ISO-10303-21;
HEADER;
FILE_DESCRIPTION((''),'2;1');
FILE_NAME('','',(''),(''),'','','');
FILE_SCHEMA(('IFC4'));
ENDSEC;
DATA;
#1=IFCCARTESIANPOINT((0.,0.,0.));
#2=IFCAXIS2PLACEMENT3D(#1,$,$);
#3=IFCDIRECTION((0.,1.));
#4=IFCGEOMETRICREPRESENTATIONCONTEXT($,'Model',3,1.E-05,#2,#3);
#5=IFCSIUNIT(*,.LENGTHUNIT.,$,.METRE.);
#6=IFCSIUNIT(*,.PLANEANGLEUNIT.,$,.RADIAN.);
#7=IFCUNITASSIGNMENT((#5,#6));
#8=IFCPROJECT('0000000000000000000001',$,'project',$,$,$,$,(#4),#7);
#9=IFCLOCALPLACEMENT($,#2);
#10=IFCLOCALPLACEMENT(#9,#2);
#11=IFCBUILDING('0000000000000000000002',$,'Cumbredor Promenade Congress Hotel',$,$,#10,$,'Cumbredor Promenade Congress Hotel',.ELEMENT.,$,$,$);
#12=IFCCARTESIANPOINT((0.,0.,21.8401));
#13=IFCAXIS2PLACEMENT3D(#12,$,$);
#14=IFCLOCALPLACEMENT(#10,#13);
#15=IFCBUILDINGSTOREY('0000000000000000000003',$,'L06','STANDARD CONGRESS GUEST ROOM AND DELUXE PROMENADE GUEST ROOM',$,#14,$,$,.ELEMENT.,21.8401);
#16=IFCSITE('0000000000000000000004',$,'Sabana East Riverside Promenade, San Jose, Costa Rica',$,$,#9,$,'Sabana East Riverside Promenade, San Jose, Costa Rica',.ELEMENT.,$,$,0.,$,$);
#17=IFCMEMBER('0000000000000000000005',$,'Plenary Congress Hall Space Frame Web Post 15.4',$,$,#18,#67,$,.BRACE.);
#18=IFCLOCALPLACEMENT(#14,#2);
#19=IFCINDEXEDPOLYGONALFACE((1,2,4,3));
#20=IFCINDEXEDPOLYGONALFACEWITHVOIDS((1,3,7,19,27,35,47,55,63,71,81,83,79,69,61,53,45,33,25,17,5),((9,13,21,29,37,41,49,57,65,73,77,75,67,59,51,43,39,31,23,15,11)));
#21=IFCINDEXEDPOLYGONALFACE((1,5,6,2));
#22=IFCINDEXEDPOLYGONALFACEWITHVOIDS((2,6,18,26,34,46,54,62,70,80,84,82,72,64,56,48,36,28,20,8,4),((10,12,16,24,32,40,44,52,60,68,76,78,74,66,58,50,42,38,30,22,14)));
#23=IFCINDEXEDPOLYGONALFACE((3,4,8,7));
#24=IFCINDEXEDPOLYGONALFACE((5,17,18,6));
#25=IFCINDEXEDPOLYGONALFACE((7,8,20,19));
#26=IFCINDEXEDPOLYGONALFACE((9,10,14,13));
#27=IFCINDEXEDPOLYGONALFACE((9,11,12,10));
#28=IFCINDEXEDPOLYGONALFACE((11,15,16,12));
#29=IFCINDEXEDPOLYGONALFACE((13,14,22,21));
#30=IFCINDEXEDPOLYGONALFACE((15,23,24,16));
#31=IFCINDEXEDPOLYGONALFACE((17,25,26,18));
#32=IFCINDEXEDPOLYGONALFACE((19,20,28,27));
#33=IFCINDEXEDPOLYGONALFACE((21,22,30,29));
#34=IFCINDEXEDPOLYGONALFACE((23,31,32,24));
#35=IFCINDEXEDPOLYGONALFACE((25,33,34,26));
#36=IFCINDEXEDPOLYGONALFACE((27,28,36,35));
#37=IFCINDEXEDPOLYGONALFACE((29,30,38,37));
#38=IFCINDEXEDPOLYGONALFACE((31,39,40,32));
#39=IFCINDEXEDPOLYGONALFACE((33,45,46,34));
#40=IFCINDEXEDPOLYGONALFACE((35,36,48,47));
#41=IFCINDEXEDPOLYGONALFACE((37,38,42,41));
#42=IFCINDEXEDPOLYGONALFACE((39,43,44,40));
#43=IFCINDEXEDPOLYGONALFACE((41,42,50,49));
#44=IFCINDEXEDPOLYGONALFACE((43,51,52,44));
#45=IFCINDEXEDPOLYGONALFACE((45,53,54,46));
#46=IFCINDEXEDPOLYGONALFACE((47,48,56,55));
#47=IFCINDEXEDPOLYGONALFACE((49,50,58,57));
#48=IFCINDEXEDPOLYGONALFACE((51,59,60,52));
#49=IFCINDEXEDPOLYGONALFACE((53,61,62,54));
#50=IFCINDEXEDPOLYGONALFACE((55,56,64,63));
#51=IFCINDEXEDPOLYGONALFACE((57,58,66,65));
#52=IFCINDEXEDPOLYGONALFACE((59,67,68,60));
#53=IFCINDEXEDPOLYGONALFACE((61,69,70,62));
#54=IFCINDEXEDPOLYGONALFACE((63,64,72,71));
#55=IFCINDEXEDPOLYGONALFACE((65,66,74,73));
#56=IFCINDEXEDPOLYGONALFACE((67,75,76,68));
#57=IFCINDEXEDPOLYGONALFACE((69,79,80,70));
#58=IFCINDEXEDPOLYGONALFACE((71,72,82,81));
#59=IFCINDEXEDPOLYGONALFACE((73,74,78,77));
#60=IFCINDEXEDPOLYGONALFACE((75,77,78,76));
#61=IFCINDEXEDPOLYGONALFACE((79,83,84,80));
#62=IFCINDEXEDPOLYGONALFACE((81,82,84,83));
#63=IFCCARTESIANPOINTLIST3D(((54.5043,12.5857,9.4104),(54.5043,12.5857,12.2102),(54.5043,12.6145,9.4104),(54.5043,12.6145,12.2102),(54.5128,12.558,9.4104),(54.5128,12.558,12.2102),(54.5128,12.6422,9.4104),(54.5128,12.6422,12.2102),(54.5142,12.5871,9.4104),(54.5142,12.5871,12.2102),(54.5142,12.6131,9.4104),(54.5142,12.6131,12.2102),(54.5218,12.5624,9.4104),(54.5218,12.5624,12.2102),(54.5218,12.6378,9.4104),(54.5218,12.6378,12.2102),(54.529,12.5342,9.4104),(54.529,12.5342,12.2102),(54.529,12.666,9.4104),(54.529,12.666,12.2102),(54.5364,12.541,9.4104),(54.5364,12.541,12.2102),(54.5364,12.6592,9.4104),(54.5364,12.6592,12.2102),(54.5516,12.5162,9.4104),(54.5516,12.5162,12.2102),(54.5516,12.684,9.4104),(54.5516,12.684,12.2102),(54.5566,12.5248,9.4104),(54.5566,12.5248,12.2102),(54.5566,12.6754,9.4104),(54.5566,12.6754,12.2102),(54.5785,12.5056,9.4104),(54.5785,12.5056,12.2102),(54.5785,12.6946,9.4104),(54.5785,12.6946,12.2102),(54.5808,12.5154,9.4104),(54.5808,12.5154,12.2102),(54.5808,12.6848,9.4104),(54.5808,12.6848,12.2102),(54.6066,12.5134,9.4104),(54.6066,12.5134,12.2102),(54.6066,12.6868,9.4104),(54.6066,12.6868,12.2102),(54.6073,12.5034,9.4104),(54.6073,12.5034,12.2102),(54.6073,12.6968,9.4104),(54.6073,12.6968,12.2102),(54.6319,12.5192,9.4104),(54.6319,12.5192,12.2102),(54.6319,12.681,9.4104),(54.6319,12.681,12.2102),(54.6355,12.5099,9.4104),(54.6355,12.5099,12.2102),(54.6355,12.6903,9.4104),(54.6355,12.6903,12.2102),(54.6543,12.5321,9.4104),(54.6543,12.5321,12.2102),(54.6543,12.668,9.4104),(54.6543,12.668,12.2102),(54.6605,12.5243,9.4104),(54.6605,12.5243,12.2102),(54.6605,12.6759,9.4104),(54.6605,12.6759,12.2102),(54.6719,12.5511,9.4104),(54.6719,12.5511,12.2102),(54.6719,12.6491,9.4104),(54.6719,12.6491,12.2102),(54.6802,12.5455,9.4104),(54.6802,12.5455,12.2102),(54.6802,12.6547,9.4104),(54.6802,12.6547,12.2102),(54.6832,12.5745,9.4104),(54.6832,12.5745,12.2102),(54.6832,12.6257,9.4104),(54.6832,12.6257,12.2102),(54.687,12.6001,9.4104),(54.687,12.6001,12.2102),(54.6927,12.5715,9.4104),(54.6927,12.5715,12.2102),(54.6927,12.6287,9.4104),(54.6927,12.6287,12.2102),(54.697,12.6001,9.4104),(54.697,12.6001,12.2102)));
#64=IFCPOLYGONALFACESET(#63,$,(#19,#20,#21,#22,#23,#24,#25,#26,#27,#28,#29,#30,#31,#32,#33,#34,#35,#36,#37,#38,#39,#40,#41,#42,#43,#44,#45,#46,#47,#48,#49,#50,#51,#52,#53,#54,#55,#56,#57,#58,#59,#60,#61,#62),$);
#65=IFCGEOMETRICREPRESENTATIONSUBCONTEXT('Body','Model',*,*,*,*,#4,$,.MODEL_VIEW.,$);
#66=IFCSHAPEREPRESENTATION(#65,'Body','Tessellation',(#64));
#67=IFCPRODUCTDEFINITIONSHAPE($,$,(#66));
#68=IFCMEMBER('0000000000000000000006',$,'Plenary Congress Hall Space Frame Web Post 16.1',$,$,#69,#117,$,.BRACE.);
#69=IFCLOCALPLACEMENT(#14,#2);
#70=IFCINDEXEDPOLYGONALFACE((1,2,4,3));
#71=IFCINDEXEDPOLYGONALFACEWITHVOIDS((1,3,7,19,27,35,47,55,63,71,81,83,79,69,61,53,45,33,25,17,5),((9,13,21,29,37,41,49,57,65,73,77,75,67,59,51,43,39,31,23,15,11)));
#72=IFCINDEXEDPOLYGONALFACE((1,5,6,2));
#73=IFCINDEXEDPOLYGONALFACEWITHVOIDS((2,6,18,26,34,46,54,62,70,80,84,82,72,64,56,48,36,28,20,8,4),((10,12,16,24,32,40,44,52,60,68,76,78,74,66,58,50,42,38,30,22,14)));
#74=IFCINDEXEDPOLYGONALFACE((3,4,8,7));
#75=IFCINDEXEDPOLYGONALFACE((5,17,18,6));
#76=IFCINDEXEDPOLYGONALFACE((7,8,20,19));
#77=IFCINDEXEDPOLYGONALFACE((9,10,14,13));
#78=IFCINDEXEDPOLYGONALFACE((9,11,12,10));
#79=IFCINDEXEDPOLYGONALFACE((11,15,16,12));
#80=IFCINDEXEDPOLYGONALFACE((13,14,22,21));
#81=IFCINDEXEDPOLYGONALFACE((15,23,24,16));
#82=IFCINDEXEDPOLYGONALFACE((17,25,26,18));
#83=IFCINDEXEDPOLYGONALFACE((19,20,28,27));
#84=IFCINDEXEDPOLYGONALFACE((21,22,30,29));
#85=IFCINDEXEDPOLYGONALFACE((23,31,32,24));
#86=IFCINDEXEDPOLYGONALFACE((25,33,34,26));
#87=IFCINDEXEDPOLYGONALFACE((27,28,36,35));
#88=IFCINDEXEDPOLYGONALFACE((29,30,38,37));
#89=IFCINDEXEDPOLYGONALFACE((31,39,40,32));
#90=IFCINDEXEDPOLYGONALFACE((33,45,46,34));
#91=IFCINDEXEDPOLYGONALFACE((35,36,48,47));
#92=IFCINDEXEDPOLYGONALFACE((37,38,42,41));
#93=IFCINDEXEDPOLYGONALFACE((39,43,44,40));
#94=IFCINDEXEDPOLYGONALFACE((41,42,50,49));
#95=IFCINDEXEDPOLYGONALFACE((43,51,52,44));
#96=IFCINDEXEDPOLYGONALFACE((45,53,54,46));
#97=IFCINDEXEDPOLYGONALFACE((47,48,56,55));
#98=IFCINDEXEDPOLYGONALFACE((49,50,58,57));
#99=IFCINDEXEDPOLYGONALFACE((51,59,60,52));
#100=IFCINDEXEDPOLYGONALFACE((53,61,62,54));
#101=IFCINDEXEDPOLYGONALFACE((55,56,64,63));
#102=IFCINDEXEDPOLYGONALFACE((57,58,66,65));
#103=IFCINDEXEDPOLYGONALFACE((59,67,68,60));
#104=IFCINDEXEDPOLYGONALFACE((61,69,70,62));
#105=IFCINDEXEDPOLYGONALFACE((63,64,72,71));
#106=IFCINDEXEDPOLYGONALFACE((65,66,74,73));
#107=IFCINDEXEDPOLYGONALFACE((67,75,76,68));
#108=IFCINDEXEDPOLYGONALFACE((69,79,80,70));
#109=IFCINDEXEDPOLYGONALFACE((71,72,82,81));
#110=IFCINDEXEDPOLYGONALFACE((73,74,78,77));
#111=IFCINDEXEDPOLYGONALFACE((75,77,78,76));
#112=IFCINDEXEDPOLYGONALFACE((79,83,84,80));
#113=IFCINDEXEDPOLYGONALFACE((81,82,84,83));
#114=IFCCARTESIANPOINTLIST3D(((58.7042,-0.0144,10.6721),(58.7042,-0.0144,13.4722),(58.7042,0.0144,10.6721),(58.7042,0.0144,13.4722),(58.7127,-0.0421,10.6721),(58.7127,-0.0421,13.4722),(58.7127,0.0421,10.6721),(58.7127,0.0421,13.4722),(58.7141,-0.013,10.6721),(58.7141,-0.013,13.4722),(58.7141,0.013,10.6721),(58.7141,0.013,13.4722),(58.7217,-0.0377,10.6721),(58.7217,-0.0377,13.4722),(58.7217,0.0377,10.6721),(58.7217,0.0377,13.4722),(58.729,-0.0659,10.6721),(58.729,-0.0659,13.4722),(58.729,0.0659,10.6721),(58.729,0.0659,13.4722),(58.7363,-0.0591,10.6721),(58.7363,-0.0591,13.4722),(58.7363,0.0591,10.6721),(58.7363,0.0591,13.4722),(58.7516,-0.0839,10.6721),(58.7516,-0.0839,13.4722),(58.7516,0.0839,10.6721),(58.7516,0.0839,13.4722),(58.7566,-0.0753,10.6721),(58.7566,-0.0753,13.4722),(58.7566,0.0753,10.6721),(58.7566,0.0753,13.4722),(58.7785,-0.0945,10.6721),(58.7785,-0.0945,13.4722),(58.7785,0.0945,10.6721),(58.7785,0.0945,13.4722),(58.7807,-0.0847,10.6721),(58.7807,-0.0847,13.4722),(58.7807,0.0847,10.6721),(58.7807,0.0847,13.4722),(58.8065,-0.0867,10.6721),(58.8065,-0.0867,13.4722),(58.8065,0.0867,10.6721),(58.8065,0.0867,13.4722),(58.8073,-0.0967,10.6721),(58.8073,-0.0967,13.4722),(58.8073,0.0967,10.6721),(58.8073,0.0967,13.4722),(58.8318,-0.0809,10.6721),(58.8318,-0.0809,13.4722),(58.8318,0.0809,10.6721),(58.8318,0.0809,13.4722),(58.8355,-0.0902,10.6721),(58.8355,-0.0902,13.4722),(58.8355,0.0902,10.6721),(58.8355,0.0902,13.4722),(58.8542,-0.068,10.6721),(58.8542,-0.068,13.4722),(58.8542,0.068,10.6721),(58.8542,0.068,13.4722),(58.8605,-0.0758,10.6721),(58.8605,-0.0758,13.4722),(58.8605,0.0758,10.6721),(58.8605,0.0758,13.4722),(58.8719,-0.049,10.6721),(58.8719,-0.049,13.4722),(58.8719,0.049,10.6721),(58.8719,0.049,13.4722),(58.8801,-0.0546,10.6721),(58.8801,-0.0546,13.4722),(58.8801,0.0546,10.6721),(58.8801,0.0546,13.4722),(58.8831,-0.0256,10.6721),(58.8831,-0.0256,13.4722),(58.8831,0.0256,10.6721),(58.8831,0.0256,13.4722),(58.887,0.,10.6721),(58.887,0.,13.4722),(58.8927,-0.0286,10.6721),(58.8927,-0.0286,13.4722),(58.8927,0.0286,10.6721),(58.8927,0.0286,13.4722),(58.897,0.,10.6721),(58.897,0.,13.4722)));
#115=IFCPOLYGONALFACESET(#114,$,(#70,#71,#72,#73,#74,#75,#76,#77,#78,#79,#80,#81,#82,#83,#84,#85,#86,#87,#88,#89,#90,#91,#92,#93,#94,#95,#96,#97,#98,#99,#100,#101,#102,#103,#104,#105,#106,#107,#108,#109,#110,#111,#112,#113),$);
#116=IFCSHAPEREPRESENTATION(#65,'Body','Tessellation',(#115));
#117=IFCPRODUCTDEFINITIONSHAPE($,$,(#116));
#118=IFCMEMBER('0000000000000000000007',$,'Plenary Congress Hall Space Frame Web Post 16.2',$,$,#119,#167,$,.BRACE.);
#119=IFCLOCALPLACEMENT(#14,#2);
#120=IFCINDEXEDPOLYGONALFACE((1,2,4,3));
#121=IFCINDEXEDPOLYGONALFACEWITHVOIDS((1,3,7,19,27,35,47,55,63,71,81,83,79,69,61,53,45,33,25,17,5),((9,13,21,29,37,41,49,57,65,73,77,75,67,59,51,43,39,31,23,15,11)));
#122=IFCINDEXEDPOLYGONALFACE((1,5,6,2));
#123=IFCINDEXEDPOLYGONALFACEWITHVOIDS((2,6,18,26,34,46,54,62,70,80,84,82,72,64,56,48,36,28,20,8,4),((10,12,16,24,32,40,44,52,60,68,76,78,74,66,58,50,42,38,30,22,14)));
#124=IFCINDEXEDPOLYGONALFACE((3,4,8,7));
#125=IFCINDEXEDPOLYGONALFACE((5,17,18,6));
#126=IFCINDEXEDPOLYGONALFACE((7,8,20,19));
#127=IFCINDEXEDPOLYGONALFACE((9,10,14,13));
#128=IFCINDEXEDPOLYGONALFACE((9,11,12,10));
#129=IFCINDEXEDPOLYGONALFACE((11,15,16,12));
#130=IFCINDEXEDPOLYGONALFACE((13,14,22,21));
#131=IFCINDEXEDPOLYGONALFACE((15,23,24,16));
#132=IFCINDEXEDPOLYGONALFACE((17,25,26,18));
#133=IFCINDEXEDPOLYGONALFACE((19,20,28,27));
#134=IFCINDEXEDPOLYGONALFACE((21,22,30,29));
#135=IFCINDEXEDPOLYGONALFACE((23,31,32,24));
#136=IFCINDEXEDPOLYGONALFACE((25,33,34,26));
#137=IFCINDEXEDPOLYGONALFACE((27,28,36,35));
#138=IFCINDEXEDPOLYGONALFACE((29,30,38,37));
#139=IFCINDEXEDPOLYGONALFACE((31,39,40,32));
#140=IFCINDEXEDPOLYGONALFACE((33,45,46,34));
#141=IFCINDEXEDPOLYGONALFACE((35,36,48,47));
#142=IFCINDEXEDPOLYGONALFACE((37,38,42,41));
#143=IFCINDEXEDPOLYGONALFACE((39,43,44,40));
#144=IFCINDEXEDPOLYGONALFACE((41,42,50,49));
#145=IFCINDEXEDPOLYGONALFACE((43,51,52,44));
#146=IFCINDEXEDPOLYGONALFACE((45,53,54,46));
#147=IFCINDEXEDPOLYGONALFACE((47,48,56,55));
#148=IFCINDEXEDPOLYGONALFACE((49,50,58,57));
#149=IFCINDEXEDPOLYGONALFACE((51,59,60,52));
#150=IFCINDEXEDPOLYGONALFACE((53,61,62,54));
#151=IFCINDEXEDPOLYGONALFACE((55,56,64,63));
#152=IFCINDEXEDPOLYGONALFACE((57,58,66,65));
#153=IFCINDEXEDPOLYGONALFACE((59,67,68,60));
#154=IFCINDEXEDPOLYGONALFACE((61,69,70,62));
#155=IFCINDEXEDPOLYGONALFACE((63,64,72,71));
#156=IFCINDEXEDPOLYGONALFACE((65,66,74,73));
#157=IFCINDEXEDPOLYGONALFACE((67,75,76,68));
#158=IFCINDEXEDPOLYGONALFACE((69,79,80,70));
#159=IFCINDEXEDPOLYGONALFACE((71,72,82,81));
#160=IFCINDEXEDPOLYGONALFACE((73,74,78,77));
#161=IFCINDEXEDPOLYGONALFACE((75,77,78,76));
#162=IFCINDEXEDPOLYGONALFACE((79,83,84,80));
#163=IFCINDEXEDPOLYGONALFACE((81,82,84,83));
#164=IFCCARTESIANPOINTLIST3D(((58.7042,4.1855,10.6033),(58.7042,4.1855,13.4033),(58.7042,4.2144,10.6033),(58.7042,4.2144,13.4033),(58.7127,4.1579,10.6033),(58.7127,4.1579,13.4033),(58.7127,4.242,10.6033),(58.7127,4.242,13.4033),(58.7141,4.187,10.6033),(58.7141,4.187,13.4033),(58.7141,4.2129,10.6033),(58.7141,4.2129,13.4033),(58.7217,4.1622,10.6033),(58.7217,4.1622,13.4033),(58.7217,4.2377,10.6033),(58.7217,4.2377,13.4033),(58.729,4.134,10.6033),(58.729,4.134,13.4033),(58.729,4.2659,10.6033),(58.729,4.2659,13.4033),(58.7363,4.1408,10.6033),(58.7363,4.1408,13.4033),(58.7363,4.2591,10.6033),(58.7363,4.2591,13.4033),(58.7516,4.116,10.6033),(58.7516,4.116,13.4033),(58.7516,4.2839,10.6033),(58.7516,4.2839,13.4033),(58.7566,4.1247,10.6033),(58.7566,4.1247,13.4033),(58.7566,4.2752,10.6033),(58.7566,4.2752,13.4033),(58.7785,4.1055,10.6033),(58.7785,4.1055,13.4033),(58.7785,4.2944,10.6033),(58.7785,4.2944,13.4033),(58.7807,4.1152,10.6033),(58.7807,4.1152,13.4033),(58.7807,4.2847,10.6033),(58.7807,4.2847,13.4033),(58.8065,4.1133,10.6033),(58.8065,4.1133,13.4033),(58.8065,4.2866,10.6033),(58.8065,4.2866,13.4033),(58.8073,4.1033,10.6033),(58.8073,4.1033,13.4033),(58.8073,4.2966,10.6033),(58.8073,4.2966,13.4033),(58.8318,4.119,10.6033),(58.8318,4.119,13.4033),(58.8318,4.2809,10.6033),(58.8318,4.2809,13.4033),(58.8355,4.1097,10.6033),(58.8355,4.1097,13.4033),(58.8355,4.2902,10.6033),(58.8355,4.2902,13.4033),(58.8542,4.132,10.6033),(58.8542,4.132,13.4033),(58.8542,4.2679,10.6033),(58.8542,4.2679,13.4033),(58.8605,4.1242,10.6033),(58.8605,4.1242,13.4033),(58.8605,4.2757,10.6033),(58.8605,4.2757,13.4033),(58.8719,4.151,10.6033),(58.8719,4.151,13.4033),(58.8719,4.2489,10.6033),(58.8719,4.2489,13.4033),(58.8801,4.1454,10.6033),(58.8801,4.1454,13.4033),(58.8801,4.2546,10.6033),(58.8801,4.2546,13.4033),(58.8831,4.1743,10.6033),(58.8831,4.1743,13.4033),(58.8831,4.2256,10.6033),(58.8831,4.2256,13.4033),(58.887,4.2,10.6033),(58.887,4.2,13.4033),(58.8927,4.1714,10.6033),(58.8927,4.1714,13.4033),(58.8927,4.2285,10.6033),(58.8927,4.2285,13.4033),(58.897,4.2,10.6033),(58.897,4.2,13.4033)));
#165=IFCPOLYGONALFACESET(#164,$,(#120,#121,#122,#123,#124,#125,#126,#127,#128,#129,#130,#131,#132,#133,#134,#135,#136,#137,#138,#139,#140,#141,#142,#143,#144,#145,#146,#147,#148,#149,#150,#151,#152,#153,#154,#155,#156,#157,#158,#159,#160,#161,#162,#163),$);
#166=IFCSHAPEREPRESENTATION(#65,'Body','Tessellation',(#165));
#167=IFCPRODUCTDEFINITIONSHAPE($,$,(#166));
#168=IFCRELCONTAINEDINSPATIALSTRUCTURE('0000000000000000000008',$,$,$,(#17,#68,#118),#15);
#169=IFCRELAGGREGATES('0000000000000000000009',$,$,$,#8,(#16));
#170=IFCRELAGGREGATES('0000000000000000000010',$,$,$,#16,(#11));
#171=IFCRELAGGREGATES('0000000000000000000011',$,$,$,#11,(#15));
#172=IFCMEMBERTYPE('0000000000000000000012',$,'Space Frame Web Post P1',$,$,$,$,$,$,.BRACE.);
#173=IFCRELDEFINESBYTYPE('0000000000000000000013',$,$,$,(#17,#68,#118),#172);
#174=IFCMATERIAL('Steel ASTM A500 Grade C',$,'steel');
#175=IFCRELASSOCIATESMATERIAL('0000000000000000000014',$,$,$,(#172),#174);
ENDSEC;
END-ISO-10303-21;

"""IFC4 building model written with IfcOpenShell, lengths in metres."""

from ifc_helpers import new_model, si_unit, direction, frame, origin, origin_2d, place, context, subcontext, project, spatial, hollow_circle, extrude, material, material_profile, profile_set, type_object, element, save


model = new_model("IFC4")

# Units and contexts
model_context = context("Model", 3, precision=1e-05, world=origin(), true_north=direction((0.0, 1.0)))
body_context = subcontext(model_context, "Body", "Model", "MODEL_VIEW")
ifc_project = project(units=[si_unit("LENGTHUNIT", "METRE"), si_unit("PLANEANGLEUNIT", "RADIAN")], contexts=[model_context])

# Site, building, storey
site_placement = place(None, origin())
site = spatial("IfcSite", under=ifc_project, at=site_placement, Name="Sabana East Riverside Promenade, San Jose, Costa Rica", LongName="Sabana East Riverside Promenade, San Jose, Costa Rica", CompositionType="ELEMENT", RefElevation=0.0)
building_placement = place(site_placement, origin())
building = spatial("IfcBuilding", under=site, at=building_placement, Name="Cumbredor Promenade Congress Hotel", LongName="Cumbredor Promenade Congress Hotel", CompositionType="ELEMENT")
storey_placement = place(building_placement, frame((0.0, 0.0, 21.8401)))
storey = spatial("IfcBuildingStorey", under=building, at=storey_placement, Name="L06", Description="STANDARD CONGRESS GUEST ROOM AND DELUXE PROMENADE GUEST ROOM", CompositionType="ELEMENT", Elevation=21.8401)

# Members
ifc_material_1 = material(Name="Steel ASTM A500 Grade C", Category="steel")
ifc_material_profile_1 = material_profile(ifc_material_1, hollow_circle(Radius=0.0969, WallThickness=0.01, at=origin_2d()), Name="CHS 193.7x10")
ifc_profile_set_1 = profile_set([ifc_material_profile_1], Name="Steel ASTM A500 Grade C")
member_type_1 = type_object("IfcMemberType", Name="Space Frame Web Post P1", PredefinedType="BRACE", material=ifc_profile_set_1)
member_1_placement = place(storey_placement, frame((54.6001, 12.6001, 9.4104), z_axis=(0.0, 0.0, 1.0), x_axis=(1.0, 0.0, 0.0)))
element("IfcMember", 1, at=member_1_placement, inside=storey, type_object=member_type_1, Name="Plenary Congress Hall Space Frame Web Post 15.4", PredefinedType="BRACE", context=body_context, shape_type="SweptSolid", body=[
    extrude(hollow_circle(Radius=0.0969, WallThickness=0.01, at=origin_2d()), origin(), (0.0, 0.0, 1.0), 2.7998),
])
for number, where, z_axis, x_axis, name in (
    (2, (58.8, 0.0, 10.6721), (0.0, 0.0, 1.0), (1.0, 0.0, 0.0), "Plenary Congress Hall Space Frame Web Post 16.1"),
    (3, (58.8, 4.2, 10.6033), (0.0, 0.0, 1.0), (1.0, 0.0, 0.0), "Plenary Congress Hall Space Frame Web Post 16.2"),
):
    element("IfcMember", number, at=place(storey_placement, frame(where, z_axis=z_axis, x_axis=x_axis)), inside=storey, type_object=member_type_1, Name=name, PredefinedType="BRACE", context=body_context, shape_type="SweptSolid", body=[
        extrude(hollow_circle(Radius=0.0969, WallThickness=0.01, at=origin_2d()), origin(), (0.0, 0.0, 1.0), 2.8),
    ])

save(model, "model.ifc")
